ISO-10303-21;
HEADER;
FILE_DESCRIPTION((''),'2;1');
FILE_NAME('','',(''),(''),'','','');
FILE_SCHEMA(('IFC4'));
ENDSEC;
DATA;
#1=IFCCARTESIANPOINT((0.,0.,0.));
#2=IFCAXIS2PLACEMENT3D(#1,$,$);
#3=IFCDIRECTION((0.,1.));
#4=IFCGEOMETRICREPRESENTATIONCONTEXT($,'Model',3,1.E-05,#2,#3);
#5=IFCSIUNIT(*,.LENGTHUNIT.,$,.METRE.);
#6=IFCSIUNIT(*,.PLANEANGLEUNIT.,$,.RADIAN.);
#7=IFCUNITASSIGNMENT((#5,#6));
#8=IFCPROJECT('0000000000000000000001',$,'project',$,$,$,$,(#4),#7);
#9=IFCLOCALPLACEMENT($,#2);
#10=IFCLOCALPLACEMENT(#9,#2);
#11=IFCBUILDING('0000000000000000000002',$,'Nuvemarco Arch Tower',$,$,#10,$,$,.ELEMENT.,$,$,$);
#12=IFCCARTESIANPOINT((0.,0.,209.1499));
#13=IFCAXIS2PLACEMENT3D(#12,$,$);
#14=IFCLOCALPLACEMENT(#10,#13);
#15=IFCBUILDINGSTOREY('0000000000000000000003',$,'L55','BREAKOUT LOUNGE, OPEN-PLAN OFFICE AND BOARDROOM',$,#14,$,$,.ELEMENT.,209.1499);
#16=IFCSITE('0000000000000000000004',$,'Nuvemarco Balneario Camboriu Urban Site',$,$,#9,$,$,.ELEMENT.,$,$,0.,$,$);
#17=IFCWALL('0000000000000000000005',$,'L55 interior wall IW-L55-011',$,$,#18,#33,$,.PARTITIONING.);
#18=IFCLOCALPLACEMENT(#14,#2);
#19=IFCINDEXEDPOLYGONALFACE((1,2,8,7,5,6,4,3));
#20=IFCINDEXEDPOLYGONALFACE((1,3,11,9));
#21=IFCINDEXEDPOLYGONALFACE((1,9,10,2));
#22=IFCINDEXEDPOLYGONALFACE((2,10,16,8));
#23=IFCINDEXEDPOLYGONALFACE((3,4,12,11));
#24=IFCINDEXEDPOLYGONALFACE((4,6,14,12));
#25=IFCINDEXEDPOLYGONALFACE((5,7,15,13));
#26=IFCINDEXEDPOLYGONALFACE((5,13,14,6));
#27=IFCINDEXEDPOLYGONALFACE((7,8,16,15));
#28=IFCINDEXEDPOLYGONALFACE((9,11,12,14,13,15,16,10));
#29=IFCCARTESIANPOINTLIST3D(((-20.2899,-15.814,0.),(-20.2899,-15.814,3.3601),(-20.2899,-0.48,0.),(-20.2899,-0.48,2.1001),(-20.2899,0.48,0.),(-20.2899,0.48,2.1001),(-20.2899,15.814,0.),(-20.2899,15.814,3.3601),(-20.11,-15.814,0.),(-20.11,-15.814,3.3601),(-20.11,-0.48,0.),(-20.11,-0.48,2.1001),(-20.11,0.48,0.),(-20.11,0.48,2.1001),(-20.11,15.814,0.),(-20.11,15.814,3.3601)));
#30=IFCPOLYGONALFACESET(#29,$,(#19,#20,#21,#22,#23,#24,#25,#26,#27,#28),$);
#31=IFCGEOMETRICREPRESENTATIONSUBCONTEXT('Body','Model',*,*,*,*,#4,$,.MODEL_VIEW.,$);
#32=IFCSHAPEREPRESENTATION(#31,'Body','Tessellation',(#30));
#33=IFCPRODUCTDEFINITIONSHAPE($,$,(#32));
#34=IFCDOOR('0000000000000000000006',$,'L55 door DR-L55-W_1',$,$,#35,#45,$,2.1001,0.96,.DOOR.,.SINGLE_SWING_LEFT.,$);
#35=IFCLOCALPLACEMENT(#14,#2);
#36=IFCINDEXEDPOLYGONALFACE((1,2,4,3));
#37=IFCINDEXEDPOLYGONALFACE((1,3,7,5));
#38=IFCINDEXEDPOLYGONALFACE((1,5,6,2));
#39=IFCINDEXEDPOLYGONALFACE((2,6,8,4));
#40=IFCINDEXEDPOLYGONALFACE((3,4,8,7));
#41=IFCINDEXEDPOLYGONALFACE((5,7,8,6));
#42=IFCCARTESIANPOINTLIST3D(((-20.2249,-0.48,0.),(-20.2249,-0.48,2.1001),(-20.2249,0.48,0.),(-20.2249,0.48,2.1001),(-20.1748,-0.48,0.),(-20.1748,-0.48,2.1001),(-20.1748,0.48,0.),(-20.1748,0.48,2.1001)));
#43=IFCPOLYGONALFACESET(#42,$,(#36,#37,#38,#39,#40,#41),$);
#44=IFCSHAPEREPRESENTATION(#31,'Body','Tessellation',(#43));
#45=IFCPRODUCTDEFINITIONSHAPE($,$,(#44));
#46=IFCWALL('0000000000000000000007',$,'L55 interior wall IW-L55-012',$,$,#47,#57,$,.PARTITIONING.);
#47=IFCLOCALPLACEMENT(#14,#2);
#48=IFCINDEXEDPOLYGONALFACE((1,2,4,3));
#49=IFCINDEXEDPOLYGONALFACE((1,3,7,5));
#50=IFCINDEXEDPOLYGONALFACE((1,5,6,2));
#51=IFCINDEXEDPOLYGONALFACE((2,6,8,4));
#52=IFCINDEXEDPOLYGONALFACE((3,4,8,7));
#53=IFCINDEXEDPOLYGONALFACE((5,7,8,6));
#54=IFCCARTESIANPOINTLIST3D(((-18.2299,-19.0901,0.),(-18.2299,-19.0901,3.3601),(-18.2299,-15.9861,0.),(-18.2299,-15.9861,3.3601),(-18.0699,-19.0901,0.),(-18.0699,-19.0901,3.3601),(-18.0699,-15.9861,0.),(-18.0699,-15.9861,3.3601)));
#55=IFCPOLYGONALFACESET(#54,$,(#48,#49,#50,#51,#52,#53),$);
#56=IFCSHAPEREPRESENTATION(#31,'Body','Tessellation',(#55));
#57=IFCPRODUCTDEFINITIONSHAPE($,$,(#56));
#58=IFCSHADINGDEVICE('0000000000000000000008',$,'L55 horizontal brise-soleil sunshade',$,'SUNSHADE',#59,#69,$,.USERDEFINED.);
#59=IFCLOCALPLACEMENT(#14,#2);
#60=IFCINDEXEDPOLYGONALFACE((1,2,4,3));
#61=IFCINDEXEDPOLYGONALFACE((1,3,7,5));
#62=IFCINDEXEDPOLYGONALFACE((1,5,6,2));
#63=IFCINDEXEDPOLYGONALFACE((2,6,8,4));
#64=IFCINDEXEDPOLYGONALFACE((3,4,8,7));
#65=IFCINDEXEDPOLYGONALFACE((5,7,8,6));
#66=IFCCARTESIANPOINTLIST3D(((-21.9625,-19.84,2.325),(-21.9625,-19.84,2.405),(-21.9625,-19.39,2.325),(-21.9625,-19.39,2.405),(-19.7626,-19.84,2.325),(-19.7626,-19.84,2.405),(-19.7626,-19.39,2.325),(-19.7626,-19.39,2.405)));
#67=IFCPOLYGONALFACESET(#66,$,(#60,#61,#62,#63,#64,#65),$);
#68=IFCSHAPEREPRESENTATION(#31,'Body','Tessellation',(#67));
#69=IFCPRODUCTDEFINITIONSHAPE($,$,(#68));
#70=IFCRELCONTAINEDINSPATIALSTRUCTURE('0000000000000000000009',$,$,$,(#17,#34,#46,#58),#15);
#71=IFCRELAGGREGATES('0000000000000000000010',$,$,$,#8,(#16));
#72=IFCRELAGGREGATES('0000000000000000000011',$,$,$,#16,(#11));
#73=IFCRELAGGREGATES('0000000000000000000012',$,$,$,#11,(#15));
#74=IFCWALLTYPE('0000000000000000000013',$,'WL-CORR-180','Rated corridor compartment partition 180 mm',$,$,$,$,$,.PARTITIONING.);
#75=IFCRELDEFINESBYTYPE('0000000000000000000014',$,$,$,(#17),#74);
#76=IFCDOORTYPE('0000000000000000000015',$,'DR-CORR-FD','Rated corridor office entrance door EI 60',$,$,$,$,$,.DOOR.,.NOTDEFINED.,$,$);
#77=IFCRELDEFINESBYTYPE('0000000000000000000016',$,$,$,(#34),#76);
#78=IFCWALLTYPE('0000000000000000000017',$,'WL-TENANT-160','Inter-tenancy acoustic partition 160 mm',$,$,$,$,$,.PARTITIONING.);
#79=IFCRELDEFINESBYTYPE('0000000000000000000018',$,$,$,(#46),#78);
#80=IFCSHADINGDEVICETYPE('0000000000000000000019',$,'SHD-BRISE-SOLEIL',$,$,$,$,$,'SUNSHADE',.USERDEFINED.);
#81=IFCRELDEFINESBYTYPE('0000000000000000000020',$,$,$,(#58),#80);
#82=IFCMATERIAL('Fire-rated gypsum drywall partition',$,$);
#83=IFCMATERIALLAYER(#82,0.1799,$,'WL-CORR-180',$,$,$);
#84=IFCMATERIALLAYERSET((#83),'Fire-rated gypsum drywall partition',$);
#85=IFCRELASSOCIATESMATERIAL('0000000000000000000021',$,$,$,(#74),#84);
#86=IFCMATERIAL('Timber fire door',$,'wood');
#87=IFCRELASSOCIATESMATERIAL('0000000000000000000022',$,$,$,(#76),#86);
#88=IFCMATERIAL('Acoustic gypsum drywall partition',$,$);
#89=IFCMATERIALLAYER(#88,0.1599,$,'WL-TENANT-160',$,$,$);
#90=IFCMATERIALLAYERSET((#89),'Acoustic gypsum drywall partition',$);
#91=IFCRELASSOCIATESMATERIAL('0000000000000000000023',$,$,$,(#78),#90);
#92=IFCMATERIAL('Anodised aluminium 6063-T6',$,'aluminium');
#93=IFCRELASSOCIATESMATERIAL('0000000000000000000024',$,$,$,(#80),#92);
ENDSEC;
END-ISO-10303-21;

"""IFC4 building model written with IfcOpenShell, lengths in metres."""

from ifc_helpers import new_model, si_unit, direction, frame, frame_2d, origin, origin_2d, place, context, subcontext, project, spatial, rectangle, extrude, source, transform, mapped, material, layer, layer_set, type_object, type_shapes, element, fill, save


model = new_model("IFC4")

# Units and contexts
model_context = context("Model", 3, precision=1e-05, world=origin(), true_north=direction((0.0, 1.0)))
body_context = subcontext(model_context, "Body", "Model", "MODEL_VIEW")
ifc_project = project(units=[si_unit("LENGTHUNIT", "METRE"), si_unit("PLANEANGLEUNIT", "RADIAN")], contexts=[model_context])

# Site, building, storey
site_placement = place(None, origin())
site = spatial("IfcSite", under=ifc_project, at=site_placement, Name="Nuvemarco Balneario Camboriu Urban Site", CompositionType="ELEMENT", RefElevation=0.0)
building_placement = place(site_placement, origin())
building = spatial("IfcBuilding", under=site, at=building_placement, Name="Nuvemarco Arch Tower", CompositionType="ELEMENT")
storey_placement = place(building_placement, frame((0.0, 0.0, 209.1499)))
storey = spatial("IfcBuildingStorey", under=building, at=storey_placement, Name="L55", Description="BREAKOUT LOUNGE, OPEN-PLAN OFFICE AND BOARDROOM", CompositionType="ELEMENT", Elevation=209.1499)

# Wall, opening, door
ifc_material_1 = material(Name="Fire-rated gypsum drywall partition")
ifc_layer_1 = layer(ifc_material_1, 0.1799, Name="WL-CORR-180")
ifc_layer_set_1 = layer_set([ifc_layer_1], Name="Fire-rated gypsum drywall partition")
wall_type_1 = type_object("IfcWallType", Name="WL-CORR-180", Description="Rated corridor compartment partition 180 mm", PredefinedType="PARTITIONING", material=ifc_layer_set_1)
wall_1_placement = place(storey_placement, frame((-20.2, -15.814, 0.0), z_axis=(0.0, 0.0, 1.0), x_axis=(0.0, 1.0, 0.0)))
wall_1 = element("IfcWall", 1, at=wall_1_placement, inside=storey, type_object=wall_type_1, Name="L55 interior wall IW-L55-011", PredefinedType="PARTITIONING", context=body_context, shape_type="SweptSolid", body=[
    extrude(rectangle(XDim=31.6279, YDim=0.1799, at=frame_2d((15.814, 0.0))), origin(), (0.0, 0.0, 1.0), 3.3601),
])
opening_1_placement = place(wall_1_placement, frame((15.334, 0.0, 0.0)))
opening_1 = element("IfcOpeningElement", 2, at=opening_1_placement, cuts=wall_1, PredefinedType="OPENING", context=body_context, shape_type="SweptSolid", body=[
    extrude(rectangle(XDim=0.96, YDim=2.1001, at=frame_2d((0.48, 1.05))), frame((0.0, 0.0999, 0.0), z_axis=(0.0, -1.0, 0.0), x_axis=(1.0, 0.0, 0.0)), (0.0, 0.0, 1.0), 0.2),
])
ifc_material_2 = material(Name="Timber fire door", Category="wood")
door_type_1 = type_object("IfcDoorType", Name="DR-CORR-FD", Description="Rated corridor office entrance door EI 60", OperationType="NOTDEFINED", PredefinedType="DOOR", material=ifc_material_2)
shared_shape_1 = source(origin(), body_context, "Body", "SweptSolid", [
    extrude(rectangle(XDim=0.96, YDim=2.1001, at=frame_2d((0.48, 1.05))), frame((0.0, 0.0249, 0.0), z_axis=(0.0, -1.0, 0.0), x_axis=(1.0, 0.0, 0.0)), (0.0, 0.0, 1.0), 0.05),
])
type_shapes(door_type_1, [shared_shape_1])
door_1_placement = place(opening_1_placement, origin())
door_1 = element("IfcDoor", 3, at=door_1_placement, inside=storey, type_object=door_type_1, Name="L55 door DR-L55-W_1", OperationType="SINGLE_SWING_LEFT", OverallHeight=2.1001, OverallWidth=0.96, PredefinedType="DOOR", context=body_context, shape_type="MappedRepresentation", body=[
    mapped(shared_shape_1, transform((0.0, 0.0, 0.0), scale=1.0)),
])
fill(opening_1, door_1)

# Wall
ifc_material_3 = material(Name="Acoustic gypsum drywall partition")
ifc_layer_2 = layer(ifc_material_3, 0.1599, Name="WL-TENANT-160")
ifc_layer_set_2 = layer_set([ifc_layer_2], Name="Acoustic gypsum drywall partition")
wall_type_2 = type_object("IfcWallType", Name="WL-TENANT-160", Description="Inter-tenancy acoustic partition 160 mm", PredefinedType="PARTITIONING", material=ifc_layer_set_2)
wall_2_placement = place(storey_placement, frame((-18.1499, -19.0901, 0.0), z_axis=(0.0, 0.0, 1.0), x_axis=(0.0, 1.0, 0.0)))
element("IfcWall", 4, at=wall_2_placement, inside=storey, type_object=wall_type_2, Name="L55 interior wall IW-L55-012", PredefinedType="PARTITIONING", context=body_context, shape_type="SweptSolid", body=[
    extrude(rectangle(XDim=3.104, YDim=0.1599, at=frame_2d((1.552, 0.0))), origin(), (0.0, 0.0, 1.0), 3.3601),
])

# Shading device
ifc_material_4 = material(Name="Anodised aluminium 6063-T6", Category="aluminium")
shading_device_type = type_object("IfcShadingDeviceType", Name="SHD-BRISE-SOLEIL", ElementType="SUNSHADE", PredefinedType="USERDEFINED", material=ifc_material_4)
shared_shape_2 = source(origin(), body_context, "Body", "SweptSolid", [
    extrude(rectangle(XDim=2.2, YDim=0.45, at=origin_2d()), origin(), (0.0, 0.0, 1.0), 0.0801),
])
type_shapes(shading_device_type, [shared_shape_2])
shading_device_placement = place(storey_placement, frame((-20.8625, -19.615, 2.325), z_axis=(0.0, 0.0, 1.0), x_axis=(1.0, 0.0, 0.0)))
element("IfcShadingDevice", 5, at=shading_device_placement, inside=storey, type_object=shading_device_type, Name="L55 horizontal brise-soleil sunshade", ObjectType="SUNSHADE", PredefinedType="USERDEFINED", context=body_context, shape_type="MappedRepresentation", body=[
    mapped(shared_shape_2, transform((0.0, 0.0, 0.0), scale=1.0)),
])

save(model, "model.ifc")
